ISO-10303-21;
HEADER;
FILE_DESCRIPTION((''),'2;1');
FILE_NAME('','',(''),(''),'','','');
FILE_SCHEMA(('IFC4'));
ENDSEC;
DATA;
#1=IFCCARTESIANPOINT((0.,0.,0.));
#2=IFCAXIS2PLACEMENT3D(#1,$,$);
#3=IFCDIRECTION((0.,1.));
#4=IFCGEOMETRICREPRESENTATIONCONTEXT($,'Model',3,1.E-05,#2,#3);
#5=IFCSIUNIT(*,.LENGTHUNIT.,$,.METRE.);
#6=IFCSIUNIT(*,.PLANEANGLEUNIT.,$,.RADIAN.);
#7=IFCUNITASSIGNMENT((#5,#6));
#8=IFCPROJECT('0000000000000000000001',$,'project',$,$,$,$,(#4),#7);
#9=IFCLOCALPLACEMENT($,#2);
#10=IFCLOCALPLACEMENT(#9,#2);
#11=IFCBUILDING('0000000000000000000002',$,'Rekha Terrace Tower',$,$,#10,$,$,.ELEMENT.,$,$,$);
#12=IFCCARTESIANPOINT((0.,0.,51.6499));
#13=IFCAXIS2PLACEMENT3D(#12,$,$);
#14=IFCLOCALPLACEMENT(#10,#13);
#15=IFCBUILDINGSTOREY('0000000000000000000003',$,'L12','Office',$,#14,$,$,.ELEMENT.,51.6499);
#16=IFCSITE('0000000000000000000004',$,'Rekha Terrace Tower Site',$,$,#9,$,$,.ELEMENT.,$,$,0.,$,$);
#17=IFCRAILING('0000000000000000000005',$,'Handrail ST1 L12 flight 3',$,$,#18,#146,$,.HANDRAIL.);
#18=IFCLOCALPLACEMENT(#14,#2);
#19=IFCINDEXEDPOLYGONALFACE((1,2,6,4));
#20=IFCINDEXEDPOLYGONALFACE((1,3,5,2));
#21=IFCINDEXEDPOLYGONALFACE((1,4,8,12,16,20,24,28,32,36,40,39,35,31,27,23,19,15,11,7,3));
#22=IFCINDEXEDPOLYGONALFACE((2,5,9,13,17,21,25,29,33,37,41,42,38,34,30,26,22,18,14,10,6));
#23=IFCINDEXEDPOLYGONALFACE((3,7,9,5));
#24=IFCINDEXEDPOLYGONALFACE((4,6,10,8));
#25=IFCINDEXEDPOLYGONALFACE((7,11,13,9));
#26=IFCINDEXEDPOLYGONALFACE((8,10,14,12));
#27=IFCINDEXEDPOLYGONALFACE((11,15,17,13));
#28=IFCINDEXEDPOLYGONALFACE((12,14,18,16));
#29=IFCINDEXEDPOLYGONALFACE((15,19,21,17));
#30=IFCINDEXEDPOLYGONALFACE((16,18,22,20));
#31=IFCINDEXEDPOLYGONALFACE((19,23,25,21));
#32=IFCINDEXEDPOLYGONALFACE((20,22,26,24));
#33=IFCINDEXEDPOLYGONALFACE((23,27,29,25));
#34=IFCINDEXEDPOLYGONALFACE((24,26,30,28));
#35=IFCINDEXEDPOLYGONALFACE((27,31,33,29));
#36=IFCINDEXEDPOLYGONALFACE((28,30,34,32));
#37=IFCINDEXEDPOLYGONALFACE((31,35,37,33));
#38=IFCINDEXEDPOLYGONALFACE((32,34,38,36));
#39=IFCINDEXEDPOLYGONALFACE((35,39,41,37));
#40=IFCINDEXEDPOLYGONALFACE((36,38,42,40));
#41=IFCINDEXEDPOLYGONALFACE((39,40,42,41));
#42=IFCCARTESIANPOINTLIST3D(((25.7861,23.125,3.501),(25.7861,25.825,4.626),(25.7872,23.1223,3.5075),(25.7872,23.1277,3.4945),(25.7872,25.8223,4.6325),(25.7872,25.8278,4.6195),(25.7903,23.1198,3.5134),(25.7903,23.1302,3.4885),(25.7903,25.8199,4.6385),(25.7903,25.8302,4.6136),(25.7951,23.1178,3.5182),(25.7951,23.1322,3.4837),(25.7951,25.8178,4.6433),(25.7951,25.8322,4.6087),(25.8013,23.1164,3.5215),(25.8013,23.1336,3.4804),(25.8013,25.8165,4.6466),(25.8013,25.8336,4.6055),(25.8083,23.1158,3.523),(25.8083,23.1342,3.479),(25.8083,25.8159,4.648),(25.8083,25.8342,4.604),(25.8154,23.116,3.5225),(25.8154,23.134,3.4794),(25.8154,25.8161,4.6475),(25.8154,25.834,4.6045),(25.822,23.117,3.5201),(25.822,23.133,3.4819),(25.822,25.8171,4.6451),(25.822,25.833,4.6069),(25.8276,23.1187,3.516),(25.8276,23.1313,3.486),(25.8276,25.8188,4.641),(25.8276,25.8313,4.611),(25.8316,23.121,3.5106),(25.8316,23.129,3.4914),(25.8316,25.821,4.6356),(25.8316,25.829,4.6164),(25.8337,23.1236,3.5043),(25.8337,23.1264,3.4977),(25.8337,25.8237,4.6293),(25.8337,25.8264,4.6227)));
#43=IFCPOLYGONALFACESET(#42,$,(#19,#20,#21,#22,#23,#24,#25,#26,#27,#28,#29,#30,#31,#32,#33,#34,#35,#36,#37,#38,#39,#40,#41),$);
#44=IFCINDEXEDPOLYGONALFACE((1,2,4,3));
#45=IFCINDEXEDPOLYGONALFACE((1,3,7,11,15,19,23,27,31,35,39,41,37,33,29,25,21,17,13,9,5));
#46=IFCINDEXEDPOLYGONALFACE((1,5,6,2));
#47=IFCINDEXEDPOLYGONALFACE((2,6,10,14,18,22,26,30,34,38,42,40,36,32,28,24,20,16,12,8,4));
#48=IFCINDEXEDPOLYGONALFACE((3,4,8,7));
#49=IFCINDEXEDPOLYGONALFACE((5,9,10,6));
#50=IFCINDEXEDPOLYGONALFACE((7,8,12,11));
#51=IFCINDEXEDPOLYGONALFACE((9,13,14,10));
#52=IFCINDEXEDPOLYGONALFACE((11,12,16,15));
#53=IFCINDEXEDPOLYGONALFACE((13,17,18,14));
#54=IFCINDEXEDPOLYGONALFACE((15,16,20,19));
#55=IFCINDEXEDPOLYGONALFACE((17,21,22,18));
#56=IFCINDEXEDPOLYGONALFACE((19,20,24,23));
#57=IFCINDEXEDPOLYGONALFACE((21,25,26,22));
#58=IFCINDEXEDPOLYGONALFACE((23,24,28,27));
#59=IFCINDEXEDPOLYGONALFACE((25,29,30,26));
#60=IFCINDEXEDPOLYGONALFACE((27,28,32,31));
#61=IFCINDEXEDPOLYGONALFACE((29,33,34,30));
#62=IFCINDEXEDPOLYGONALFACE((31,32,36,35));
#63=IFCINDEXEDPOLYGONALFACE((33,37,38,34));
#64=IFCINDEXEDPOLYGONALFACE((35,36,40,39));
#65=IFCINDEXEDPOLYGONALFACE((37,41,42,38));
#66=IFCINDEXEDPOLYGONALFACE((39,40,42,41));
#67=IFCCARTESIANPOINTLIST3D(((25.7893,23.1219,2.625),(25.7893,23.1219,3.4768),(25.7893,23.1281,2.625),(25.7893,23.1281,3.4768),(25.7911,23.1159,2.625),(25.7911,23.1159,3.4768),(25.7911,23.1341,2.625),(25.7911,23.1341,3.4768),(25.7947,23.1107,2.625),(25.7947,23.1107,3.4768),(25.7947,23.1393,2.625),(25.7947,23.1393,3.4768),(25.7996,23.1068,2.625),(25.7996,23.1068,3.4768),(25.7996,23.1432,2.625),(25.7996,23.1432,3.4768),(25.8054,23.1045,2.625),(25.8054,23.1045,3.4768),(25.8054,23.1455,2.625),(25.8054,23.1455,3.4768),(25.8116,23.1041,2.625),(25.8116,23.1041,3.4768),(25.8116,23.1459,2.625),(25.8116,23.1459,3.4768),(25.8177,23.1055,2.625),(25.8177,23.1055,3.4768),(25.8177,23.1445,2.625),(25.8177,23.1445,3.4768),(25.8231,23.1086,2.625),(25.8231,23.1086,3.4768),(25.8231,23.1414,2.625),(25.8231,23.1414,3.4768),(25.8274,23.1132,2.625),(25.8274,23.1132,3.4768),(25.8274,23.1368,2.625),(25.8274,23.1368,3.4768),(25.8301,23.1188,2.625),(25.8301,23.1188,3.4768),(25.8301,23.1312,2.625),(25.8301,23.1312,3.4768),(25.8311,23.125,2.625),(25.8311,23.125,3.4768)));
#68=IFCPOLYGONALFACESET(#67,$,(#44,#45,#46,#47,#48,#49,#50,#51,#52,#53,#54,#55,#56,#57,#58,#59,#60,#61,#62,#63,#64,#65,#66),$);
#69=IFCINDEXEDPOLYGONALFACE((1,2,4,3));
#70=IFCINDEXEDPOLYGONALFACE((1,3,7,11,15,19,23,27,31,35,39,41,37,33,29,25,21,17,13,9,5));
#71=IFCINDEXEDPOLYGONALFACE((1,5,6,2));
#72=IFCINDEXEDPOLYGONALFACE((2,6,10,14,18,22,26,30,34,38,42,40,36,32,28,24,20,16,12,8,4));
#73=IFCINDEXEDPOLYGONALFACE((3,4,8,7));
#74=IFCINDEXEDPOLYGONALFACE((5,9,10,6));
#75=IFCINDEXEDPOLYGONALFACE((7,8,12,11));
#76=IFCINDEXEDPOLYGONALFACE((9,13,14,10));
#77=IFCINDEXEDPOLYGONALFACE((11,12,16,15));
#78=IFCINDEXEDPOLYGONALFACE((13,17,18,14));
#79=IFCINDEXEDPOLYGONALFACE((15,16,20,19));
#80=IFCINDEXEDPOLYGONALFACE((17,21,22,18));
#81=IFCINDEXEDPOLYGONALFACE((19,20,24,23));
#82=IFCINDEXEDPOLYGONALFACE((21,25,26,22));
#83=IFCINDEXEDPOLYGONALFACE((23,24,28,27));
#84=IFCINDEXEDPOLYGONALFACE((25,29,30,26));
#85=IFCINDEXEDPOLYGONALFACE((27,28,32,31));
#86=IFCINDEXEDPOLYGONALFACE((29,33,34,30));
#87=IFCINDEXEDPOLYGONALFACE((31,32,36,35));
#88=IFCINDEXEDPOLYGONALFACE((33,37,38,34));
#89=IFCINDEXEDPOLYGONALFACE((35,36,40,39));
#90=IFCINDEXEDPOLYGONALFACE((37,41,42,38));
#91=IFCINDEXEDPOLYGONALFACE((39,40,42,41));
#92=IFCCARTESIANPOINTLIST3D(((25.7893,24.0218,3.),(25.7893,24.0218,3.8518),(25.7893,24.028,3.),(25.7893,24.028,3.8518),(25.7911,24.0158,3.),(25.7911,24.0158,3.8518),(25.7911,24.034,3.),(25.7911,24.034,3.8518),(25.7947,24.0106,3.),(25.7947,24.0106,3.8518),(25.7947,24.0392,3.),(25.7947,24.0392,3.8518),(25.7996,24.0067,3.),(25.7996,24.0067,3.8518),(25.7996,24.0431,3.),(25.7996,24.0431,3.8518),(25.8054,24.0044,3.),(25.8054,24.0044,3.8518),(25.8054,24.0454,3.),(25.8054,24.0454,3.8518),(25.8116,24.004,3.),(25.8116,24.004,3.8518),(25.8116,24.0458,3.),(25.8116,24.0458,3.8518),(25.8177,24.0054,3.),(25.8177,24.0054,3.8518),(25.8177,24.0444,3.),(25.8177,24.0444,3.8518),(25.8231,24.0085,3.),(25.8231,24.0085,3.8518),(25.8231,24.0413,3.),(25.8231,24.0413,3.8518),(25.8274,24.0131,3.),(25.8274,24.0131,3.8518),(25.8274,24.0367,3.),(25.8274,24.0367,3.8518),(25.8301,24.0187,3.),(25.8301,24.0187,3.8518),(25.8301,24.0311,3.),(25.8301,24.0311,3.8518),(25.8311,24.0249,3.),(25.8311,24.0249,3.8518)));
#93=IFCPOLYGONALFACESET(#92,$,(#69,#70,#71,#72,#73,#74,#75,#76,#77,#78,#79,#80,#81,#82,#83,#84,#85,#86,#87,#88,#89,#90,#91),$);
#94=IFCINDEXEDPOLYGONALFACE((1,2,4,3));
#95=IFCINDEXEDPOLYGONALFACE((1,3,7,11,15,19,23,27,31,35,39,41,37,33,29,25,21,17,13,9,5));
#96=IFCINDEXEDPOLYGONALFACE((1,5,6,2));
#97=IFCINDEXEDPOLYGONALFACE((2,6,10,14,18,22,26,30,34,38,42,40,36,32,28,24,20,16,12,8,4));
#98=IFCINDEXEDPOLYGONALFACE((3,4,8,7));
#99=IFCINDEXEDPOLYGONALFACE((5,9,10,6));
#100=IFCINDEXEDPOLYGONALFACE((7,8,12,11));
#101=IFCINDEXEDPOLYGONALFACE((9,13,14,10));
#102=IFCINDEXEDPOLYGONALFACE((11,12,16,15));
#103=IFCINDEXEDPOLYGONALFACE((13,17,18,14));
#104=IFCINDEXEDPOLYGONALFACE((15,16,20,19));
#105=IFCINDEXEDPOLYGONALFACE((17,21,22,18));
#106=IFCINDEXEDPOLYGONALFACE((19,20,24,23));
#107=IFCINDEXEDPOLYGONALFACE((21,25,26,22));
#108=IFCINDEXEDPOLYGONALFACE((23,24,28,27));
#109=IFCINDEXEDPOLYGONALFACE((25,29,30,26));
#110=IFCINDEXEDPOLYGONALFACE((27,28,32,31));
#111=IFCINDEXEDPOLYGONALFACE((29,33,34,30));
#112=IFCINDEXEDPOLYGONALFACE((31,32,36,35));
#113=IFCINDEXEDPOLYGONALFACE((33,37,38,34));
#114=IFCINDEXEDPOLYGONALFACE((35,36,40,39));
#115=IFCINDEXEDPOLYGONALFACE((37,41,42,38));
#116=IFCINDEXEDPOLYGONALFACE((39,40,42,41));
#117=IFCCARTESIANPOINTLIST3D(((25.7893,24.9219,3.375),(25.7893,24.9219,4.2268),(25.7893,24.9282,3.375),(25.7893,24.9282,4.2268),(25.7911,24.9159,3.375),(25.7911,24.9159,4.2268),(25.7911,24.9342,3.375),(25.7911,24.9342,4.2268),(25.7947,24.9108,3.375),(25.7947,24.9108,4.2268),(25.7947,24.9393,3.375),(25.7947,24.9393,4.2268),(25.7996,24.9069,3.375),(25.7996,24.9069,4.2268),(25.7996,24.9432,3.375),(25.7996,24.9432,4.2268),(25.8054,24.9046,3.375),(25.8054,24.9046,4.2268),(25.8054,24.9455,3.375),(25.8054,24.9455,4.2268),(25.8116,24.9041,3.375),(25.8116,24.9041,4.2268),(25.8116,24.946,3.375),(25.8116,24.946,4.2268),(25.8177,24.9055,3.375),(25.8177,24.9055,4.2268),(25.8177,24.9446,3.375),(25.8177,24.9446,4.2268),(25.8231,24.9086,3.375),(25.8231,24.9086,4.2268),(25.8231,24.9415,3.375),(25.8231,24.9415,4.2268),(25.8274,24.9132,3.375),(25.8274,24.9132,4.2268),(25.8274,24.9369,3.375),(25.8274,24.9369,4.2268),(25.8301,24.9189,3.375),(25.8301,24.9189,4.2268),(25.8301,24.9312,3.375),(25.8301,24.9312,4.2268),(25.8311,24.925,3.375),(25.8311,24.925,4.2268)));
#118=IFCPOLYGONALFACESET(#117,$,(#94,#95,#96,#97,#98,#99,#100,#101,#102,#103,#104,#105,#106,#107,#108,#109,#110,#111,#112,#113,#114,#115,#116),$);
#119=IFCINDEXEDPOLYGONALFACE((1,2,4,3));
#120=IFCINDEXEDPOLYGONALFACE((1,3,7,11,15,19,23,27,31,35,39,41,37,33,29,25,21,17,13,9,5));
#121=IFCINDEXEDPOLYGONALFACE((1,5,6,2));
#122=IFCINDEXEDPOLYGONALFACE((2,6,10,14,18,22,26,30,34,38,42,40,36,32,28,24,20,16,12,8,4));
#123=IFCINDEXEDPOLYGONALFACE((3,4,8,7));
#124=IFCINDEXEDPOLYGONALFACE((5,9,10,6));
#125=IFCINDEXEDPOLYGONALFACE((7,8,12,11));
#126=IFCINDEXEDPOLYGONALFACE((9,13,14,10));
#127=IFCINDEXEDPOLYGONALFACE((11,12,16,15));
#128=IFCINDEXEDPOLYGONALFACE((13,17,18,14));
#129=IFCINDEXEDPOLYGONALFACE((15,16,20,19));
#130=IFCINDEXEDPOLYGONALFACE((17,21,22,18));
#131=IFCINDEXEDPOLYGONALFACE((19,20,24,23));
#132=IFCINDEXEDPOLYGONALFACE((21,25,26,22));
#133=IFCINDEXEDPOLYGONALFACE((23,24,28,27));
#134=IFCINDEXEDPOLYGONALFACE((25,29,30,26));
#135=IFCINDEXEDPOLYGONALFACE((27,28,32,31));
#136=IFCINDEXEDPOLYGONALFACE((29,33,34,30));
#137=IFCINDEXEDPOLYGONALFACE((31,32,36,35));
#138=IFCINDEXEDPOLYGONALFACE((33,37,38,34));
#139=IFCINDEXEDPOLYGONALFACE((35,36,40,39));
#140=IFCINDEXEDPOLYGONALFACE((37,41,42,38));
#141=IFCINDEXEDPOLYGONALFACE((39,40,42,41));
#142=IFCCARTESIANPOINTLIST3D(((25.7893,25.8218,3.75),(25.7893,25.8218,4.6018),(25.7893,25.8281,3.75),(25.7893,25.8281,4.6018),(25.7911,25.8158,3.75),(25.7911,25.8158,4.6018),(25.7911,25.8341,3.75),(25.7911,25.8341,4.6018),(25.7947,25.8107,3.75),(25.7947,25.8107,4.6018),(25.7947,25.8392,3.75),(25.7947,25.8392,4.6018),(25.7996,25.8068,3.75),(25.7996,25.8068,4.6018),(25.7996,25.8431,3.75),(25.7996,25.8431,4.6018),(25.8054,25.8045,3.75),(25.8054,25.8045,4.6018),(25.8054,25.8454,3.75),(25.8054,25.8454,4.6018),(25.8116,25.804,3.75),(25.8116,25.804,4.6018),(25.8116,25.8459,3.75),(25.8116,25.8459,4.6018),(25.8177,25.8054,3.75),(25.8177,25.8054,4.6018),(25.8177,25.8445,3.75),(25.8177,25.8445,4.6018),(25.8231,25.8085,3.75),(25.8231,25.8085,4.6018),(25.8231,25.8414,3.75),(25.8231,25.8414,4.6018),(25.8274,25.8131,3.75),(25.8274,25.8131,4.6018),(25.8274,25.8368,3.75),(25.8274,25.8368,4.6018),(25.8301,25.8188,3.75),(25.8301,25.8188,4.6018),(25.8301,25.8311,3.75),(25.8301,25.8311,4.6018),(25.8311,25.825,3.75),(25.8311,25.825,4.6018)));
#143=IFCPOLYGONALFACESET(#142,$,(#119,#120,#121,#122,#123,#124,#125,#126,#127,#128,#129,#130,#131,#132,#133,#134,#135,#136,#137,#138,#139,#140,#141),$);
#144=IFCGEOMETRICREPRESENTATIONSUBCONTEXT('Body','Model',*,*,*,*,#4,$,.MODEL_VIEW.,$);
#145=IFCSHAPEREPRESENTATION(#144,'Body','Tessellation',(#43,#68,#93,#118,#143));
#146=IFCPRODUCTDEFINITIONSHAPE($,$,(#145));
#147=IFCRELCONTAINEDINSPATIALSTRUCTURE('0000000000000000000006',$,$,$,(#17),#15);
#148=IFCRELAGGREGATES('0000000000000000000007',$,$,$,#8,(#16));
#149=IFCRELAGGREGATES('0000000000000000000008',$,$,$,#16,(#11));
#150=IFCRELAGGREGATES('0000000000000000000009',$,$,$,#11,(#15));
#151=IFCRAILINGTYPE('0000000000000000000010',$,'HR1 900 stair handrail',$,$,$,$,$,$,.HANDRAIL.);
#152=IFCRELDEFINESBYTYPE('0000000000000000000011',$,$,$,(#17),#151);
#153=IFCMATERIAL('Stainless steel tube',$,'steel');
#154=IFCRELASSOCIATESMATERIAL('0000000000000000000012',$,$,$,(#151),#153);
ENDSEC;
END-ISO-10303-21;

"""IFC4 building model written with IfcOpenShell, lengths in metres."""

from ifc_helpers import new_model, si_unit, direction, frame, origin, origin_2d, place, context, subcontext, project, spatial, circle, extrude, material, type_object, element, save


model = new_model("IFC4")

# Units and contexts
model_context = context("Model", 3, precision=1e-05, world=origin(), true_north=direction((0.0, 1.0)))
body_context = subcontext(model_context, "Body", "Model", "MODEL_VIEW")
ifc_project = project(units=[si_unit("LENGTHUNIT", "METRE"), si_unit("PLANEANGLEUNIT", "RADIAN")], contexts=[model_context])

# Site, building, storey
site_placement = place(None, origin())
site = spatial("IfcSite", under=ifc_project, at=site_placement, Name="Rekha Terrace Tower Site", CompositionType="ELEMENT", RefElevation=0.0)
building_placement = place(site_placement, origin())
building = spatial("IfcBuilding", under=site, at=building_placement, Name="Rekha Terrace Tower", CompositionType="ELEMENT")
storey_placement = place(building_placement, frame((0.0, 0.0, 51.6499)))
storey = spatial("IfcBuildingStorey", under=building, at=storey_placement, Name="L12", Description="Office", CompositionType="ELEMENT", Elevation=51.6499)

# Railing
ifc_material_1 = material(Name="Stainless steel tube", Category="steel")
railing_type_1 = type_object("IfcRailingType", Name="HR1 900 stair handrail", PredefinedType="HANDRAIL", material=ifc_material_1)
railing_1_placement = place(storey_placement, frame((25.8101, 23.125, 2.625)))
element("IfcRailing", 1, at=railing_1_placement, inside=storey, type_object=railing_type_1, Name="Handrail ST1 L12 flight 3", PredefinedType="HANDRAIL", context=body_context, shape_type="SweptSolid", body=[
    extrude(circle(Radius=0.0239, at=origin_2d()), frame((0.0, 0.0, 0.876), z_axis=(0.0, 0.923074, 0.384621), x_axis=(-1.0, 0.0, 0.0)), (0.0, 0.0, 1.0), 2.925),
    extrude(circle(Radius=0.021, at=origin_2d()), origin(), (0.0, 0.0, 1.0), 0.8518),
    extrude(circle(Radius=0.021, at=origin_2d()), frame((0.0, 0.8999, 0.375)), (0.0, 0.0, 1.0), 0.8518),
    extrude(circle(Radius=0.021, at=origin_2d()), frame((0.0, 1.8, 0.75)), (0.0, 0.0, 1.0), 0.8518),
    extrude(circle(Radius=0.021, at=origin_2d()), frame((0.0, 2.7, 1.125)), (0.0, 0.0, 1.0), 0.8518),
])

save(model, "model.ifc")
